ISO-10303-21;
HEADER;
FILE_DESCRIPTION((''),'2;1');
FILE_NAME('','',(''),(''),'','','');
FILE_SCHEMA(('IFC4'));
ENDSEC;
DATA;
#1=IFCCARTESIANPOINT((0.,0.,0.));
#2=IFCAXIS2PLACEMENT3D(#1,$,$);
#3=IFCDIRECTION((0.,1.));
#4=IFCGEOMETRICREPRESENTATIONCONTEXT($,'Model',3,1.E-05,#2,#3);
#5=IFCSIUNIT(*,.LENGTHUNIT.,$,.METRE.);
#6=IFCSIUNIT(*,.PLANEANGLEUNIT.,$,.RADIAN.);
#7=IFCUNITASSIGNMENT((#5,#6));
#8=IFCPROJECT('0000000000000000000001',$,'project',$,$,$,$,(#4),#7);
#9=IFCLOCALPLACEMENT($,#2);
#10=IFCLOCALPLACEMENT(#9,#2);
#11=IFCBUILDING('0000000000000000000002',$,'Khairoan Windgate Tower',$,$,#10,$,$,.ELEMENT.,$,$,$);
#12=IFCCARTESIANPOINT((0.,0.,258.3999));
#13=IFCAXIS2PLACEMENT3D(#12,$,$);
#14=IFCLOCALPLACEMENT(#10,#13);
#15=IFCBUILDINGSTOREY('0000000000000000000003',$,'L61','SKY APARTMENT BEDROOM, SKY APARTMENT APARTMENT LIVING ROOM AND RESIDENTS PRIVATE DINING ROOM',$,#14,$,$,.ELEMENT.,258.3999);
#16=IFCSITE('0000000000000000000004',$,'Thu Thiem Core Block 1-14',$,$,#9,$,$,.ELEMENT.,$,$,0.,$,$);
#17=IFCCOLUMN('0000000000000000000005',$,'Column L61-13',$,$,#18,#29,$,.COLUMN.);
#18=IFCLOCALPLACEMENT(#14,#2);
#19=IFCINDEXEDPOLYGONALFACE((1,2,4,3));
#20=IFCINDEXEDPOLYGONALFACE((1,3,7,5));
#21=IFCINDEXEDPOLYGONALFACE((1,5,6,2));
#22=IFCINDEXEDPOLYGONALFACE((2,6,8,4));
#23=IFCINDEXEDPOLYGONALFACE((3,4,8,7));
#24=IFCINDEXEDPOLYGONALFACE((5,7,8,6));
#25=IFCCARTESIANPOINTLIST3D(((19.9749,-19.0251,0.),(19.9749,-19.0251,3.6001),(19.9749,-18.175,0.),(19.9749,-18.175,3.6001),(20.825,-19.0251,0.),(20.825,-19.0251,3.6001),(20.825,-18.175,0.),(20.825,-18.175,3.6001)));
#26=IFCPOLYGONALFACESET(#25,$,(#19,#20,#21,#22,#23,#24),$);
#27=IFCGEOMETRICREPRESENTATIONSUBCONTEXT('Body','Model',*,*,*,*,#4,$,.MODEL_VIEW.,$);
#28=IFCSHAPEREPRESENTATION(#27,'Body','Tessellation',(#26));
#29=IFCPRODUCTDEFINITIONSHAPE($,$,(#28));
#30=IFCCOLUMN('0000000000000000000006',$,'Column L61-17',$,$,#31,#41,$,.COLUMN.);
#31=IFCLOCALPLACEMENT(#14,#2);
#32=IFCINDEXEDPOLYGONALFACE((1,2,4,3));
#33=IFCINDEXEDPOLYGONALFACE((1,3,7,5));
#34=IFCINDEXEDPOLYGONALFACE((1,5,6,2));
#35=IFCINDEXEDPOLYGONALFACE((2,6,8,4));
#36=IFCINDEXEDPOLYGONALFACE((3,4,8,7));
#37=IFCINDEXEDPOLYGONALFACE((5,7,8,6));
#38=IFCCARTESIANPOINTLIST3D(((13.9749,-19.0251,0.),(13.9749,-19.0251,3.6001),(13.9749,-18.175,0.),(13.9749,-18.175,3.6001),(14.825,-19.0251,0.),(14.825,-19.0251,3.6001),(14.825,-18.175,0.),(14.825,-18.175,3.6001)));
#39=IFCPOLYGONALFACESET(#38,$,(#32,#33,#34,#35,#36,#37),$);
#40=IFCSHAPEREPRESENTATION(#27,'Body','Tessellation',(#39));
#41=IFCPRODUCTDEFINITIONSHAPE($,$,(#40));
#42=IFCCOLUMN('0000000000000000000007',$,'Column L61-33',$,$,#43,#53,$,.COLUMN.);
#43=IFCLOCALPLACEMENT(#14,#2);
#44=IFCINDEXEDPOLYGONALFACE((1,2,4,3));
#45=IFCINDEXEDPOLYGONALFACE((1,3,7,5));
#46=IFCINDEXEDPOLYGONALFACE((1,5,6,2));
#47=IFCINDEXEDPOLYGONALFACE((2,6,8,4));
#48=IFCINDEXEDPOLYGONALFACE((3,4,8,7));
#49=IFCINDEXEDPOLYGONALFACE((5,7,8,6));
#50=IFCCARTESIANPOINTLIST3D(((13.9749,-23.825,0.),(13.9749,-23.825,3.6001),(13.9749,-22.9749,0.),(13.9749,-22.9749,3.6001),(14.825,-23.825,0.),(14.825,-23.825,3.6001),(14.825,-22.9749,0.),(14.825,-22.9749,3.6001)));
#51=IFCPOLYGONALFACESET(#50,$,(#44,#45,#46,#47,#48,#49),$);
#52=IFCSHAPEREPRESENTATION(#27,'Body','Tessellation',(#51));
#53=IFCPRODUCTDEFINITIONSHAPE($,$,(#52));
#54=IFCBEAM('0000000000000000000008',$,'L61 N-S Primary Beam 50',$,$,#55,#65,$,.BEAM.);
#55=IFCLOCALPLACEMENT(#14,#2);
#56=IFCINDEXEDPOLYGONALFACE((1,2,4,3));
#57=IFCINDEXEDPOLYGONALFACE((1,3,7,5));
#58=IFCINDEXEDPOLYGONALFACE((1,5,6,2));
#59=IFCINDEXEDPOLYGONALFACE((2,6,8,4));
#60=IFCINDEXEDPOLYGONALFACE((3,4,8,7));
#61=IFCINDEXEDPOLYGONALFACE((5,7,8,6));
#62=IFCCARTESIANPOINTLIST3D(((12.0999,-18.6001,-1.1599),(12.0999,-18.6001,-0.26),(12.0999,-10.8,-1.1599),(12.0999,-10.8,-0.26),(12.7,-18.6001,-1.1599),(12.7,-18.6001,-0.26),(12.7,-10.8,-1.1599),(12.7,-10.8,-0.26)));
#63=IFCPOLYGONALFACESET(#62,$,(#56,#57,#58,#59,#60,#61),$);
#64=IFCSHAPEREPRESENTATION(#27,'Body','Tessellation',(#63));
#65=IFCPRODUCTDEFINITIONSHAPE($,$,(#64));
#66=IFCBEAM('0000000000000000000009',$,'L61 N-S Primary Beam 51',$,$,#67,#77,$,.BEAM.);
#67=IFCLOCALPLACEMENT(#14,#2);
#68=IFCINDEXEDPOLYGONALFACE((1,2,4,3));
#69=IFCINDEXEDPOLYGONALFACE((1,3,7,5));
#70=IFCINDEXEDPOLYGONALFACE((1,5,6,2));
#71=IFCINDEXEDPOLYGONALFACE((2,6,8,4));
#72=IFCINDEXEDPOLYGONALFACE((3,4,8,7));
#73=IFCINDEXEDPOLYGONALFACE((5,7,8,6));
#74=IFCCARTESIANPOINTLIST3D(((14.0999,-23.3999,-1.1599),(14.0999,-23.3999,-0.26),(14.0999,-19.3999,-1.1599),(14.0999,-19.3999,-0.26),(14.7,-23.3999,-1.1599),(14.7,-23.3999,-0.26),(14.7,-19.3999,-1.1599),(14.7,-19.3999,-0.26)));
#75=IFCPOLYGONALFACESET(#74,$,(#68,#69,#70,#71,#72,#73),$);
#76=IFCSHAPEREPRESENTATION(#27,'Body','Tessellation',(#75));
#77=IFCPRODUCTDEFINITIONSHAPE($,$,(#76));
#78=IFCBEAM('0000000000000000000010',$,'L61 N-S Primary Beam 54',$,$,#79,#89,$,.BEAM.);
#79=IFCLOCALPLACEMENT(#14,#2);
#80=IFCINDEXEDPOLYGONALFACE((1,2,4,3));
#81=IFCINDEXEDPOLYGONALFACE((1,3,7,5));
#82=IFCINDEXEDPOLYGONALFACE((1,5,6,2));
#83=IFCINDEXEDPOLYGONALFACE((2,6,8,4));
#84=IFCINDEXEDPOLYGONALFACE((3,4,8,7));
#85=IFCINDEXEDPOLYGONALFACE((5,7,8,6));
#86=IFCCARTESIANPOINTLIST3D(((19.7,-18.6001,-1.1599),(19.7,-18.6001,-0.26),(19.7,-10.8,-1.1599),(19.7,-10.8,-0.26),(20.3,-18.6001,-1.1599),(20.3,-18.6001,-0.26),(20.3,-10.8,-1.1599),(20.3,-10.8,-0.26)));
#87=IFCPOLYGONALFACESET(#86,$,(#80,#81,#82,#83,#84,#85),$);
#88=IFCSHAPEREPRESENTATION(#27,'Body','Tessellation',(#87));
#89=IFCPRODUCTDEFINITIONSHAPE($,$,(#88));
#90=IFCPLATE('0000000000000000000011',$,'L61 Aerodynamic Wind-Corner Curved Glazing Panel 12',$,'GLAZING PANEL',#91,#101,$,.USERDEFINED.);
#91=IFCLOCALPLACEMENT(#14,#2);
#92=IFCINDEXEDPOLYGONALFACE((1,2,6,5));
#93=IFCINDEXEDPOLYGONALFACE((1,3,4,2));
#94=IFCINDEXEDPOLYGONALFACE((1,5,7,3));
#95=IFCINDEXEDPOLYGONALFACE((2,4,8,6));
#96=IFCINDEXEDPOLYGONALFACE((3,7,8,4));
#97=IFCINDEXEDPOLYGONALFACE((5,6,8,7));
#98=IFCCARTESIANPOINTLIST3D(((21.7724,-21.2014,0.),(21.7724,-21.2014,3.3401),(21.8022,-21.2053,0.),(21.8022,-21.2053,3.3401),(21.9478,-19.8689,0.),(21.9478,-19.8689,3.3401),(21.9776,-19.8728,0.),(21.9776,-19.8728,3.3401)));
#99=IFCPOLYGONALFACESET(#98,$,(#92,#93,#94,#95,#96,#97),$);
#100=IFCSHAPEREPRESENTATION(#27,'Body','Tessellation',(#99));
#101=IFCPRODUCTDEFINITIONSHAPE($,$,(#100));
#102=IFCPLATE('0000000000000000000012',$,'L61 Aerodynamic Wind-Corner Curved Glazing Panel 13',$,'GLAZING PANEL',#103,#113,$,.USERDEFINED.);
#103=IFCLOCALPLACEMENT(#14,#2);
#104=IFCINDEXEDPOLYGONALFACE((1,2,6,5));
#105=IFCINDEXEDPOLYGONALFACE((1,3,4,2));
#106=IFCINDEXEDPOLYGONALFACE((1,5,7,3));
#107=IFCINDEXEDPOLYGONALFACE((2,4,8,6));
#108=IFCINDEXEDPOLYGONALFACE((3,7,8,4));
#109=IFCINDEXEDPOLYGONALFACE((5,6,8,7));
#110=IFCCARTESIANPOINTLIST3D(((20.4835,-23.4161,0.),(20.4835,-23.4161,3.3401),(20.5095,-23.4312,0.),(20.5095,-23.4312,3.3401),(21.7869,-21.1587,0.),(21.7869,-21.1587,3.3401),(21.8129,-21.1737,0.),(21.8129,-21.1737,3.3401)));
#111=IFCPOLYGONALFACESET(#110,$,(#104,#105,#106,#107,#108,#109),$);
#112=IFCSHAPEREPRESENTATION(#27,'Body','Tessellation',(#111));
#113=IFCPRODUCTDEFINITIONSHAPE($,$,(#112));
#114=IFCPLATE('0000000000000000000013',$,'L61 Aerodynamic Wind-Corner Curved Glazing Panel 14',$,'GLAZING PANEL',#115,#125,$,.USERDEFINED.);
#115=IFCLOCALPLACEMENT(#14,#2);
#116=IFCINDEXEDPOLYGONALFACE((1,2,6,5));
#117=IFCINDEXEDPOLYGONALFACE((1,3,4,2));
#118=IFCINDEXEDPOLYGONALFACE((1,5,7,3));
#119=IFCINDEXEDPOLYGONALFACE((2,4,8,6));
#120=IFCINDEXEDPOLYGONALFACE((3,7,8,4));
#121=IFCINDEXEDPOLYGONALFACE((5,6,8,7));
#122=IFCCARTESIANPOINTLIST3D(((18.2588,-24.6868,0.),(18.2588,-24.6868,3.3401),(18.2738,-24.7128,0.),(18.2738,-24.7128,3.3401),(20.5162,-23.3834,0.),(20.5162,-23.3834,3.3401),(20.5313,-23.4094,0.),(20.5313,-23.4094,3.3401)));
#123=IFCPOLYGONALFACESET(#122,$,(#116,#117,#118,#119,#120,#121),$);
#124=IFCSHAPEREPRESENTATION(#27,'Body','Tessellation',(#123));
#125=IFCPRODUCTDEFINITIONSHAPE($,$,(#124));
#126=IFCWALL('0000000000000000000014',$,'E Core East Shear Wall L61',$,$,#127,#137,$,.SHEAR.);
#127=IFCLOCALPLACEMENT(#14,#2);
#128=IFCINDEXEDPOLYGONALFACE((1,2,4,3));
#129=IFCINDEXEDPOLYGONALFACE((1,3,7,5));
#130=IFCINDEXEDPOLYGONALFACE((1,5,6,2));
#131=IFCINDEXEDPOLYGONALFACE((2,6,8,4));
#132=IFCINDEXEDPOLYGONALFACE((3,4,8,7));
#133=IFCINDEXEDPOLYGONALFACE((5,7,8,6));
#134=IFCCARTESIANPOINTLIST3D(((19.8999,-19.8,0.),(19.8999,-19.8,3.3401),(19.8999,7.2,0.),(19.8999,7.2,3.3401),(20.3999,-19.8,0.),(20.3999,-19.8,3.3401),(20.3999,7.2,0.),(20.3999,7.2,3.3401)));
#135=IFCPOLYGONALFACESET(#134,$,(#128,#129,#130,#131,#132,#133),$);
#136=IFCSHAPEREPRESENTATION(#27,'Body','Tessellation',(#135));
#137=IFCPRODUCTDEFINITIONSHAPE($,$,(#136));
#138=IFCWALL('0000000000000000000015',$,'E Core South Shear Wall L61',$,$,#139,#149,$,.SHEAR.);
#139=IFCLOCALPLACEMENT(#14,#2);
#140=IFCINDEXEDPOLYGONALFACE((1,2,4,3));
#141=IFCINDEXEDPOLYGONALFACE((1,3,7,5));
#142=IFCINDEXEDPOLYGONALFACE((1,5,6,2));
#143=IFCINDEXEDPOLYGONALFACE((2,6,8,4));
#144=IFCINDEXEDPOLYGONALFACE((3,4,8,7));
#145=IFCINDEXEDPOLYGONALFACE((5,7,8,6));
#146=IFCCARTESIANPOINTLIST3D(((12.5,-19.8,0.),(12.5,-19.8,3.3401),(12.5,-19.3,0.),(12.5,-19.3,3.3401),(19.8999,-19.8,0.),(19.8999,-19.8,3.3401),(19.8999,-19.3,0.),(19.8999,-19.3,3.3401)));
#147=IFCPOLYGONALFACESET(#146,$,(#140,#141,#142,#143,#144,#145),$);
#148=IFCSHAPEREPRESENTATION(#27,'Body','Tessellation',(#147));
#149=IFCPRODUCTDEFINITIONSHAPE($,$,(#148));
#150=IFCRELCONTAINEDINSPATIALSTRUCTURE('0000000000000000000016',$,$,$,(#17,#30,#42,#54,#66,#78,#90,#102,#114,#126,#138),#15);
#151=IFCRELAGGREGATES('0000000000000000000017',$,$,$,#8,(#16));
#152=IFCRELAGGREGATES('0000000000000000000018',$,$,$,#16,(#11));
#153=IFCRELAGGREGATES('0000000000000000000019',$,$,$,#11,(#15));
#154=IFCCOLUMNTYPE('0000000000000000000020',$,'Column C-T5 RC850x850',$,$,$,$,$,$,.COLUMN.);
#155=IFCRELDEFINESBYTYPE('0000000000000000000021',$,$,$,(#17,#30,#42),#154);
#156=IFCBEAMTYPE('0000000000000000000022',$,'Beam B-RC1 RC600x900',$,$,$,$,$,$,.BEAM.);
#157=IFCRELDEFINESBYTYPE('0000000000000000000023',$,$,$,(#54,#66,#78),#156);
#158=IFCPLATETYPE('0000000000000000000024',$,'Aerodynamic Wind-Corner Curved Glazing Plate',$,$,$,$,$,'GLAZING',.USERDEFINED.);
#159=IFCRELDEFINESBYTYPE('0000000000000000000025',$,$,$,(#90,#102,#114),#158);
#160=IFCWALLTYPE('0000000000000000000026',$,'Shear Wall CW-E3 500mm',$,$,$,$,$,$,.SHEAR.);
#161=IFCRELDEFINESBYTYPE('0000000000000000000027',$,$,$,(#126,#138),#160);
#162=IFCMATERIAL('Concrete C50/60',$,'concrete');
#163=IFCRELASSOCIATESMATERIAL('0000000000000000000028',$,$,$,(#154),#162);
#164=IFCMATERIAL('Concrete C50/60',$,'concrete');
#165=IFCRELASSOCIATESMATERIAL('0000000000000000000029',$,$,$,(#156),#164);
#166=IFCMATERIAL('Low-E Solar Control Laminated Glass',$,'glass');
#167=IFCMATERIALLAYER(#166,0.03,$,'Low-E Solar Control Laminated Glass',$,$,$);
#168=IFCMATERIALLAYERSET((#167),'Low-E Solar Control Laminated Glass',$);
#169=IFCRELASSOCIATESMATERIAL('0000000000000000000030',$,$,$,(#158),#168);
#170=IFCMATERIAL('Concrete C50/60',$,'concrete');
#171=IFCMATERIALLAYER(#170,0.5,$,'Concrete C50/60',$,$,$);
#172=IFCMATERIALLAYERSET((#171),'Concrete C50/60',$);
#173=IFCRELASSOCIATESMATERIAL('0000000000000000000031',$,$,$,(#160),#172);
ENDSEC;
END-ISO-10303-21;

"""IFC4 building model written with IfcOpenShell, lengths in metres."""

from ifc_helpers import new_model, si_unit, direction, frame, frame_2d, origin, origin_2d, place, context, subcontext, project, spatial, rectangle, extrude, material, layer, layer_set, material_profile, profile_set, type_object, element, save


model = new_model("IFC4")

# Units and contexts
model_context = context("Model", 3, precision=1e-05, world=origin(), true_north=direction((0.0, 1.0)))
body_context = subcontext(model_context, "Body", "Model", "MODEL_VIEW")
ifc_project = project(units=[si_unit("LENGTHUNIT", "METRE"), si_unit("PLANEANGLEUNIT", "RADIAN")], contexts=[model_context])

# Site, building, storey
site_placement = place(None, origin())
site = spatial("IfcSite", under=ifc_project, at=site_placement, Name="Thu Thiem Core Block 1-14", CompositionType="ELEMENT", RefElevation=0.0)
building_placement = place(site_placement, origin())
building = spatial("IfcBuilding", under=site, at=building_placement, Name="Khairoan Windgate Tower", CompositionType="ELEMENT")
storey_placement = place(building_placement, frame((0.0, 0.0, 258.3999)))
storey = spatial("IfcBuildingStorey", under=building, at=storey_placement, Name="L61", Description="SKY APARTMENT BEDROOM, SKY APARTMENT APARTMENT LIVING ROOM AND RESIDENTS PRIVATE DINING ROOM", CompositionType="ELEMENT", Elevation=258.3999)

# Columns
ifc_material_1 = material(Name="Concrete C50/60", Category="concrete")
ifc_material_profile_1 = material_profile(ifc_material_1, rectangle(XDim=0.8501, YDim=0.8501, at=origin_2d()))
ifc_profile_set_1 = profile_set([ifc_material_profile_1], Name="Concrete C50/60")
column_type = type_object("IfcColumnType", Name="Column C-T5 RC850x850", PredefinedType="COLUMN", material=ifc_profile_set_1)
for number, where, z_axis, x_axis, name in (
    (1, (20.3999, -18.6001, 0.0), (0.0, 0.0, 1.0), (1.0, 0.0, 0.0), "Column L61-13"),
    (2, (14.3999, -18.6001, 0.0), (0.0, 0.0, 1.0), (1.0, 0.0, 0.0), "Column L61-17"),
    (3, (14.3999, -23.3999, 0.0), (0.0, 0.0, 1.0), (1.0, 0.0, 0.0), "Column L61-33"),
):
    element("IfcColumn", number, at=place(storey_placement, frame(where, z_axis=z_axis, x_axis=x_axis)), inside=storey, type_object=column_type, Name=name, PredefinedType="COLUMN", context=body_context, shape_type="SweptSolid", body=[
        extrude(rectangle(XDim=0.8501, YDim=0.8501, at=origin_2d()), origin(), (0.0, 0.0, 1.0), 3.6001),
    ])

# Beams
ifc_material_2 = material(Name="Concrete C50/60", Category="concrete")
ifc_material_profile_2 = material_profile(ifc_material_2, rectangle(XDim=0.6001, YDim=0.8999, at=origin_2d()))
ifc_profile_set_2 = profile_set([ifc_material_profile_2], Name="Concrete C50/60")
beam_type = type_object("IfcBeamType", Name="Beam B-RC1 RC600x900", PredefinedType="BEAM", material=ifc_profile_set_2)
beam_1_placement = place(storey_placement, frame((12.3999, -18.6001, -0.71), z_axis=(0.0, 1.0, 0.0), x_axis=(-1.0, 0.0, 0.0)))
element("IfcBeam", 4, at=beam_1_placement, inside=storey, type_object=beam_type, Name="L61 N-S Primary Beam 50", PredefinedType="BEAM", context=body_context, shape_type="SweptSolid", body=[
    extrude(rectangle(XDim=0.6001, YDim=0.8999, at=origin_2d()), origin(), (0.0, 0.0, 1.0), 7.8),
])
beam_2_placement = place(storey_placement, frame((14.3999, -23.3999, -0.71), z_axis=(0.0, 1.0, 0.0), x_axis=(-1.0, 0.0, 0.0)))
element("IfcBeam", 5, at=beam_2_placement, inside=storey, type_object=beam_type, Name="L61 N-S Primary Beam 51", PredefinedType="BEAM", context=body_context, shape_type="SweptSolid", body=[
    extrude(rectangle(XDim=0.6001, YDim=0.8999, at=origin_2d()), origin(), (0.0, 0.0, 1.0), 4.0),
])
beam_3_placement = place(storey_placement, frame((20.0, -18.6001, -0.71), z_axis=(0.0, 1.0, 0.0), x_axis=(-1.0, 0.0, 0.0)))
element("IfcBeam", 6, at=beam_3_placement, inside=storey, type_object=beam_type, Name="L61 N-S Primary Beam 54", PredefinedType="BEAM", context=body_context, shape_type="SweptSolid", body=[
    extrude(rectangle(XDim=0.6001, YDim=0.8999, at=origin_2d()), origin(), (0.0, 0.0, 1.0), 7.8),
])

# Plates
ifc_material_3 = material(Name="Low-E Solar Control Laminated Glass", Category="glass")
ifc_layer_1 = layer(ifc_material_3, 0.03, Name="Low-E Solar Control Laminated Glass")
ifc_layer_set_1 = layer_set([ifc_layer_1], Name="Low-E Solar Control Laminated Glass")
plate_type_1 = type_object("IfcPlateType", Name="Aerodynamic Wind-Corner Curved Glazing Plate", ElementType="GLAZING", PredefinedType="USERDEFINED", material=ifc_layer_set_1)
plate_1_placement = place(storey_placement, frame((21.875, -20.5371, 0.0), z_axis=(0.0, 0.0, 1.0), x_axis=(-0.130526, -0.991445, 0.0)))
element("IfcPlate", 7, at=plate_1_placement, inside=storey, type_object=plate_type_1, Name="L61 Aerodynamic Wind-Corner Curved Glazing Panel 12", ObjectType="GLAZING PANEL", PredefinedType="USERDEFINED", context=body_context, shape_type="SweptSolid", body=[
    extrude(rectangle(XDim=1.344, YDim=0.03, at=origin_2d()), origin(), (0.0, 0.0, 1.0), 3.3401),
])
for number, where, z_axis, x_axis, name in (
    (8, (21.1482, -22.2949, 0.0), (0.0, 0.0, 1.0), (-0.5, -0.866025, 0.0), "L61 Aerodynamic Wind-Corner Curved Glazing Panel 13"),
    (9, (19.395, -24.0481, 0.0), (0.0, 0.0, 1.0), (-0.866025, -0.5, 0.0), "L61 Aerodynamic Wind-Corner Curved Glazing Panel 14"),
):
    element("IfcPlate", number, at=place(storey_placement, frame(where, z_axis=z_axis, x_axis=x_axis)), inside=storey, type_object=plate_type_1, Name=name, ObjectType="GLAZING PANEL", PredefinedType="USERDEFINED", context=body_context, shape_type="SweptSolid", body=[
        extrude(rectangle(XDim=2.6067, YDim=0.03, at=origin_2d()), origin(), (0.0, 0.0, 1.0), 3.3401),
    ])

# Walls
ifc_material_4 = material(Name="Concrete C50/60", Category="concrete")
ifc_layer_2 = layer(ifc_material_4, 0.5, Name="Concrete C50/60")
ifc_layer_set_2 = layer_set([ifc_layer_2], Name="Concrete C50/60")
wall_type_1 = type_object("IfcWallType", Name="Shear Wall CW-E3 500mm", PredefinedType="SHEAR", material=ifc_layer_set_2)
wall_1_placement = place(storey_placement, frame((20.1499, -19.8, 0.0), z_axis=(0.0, 0.0, 1.0), x_axis=(0.0, 1.0, 0.0)))
element("IfcWall", 10, at=wall_1_placement, inside=storey, type_object=wall_type_1, Name="E Core East Shear Wall L61", PredefinedType="SHEAR", context=body_context, shape_type="SweptSolid", body=[
    extrude(rectangle(XDim=27.0, YDim=0.5, at=frame_2d((13.5, 0.0))), origin(), (0.0, 0.0, 1.0), 3.3401),
])
wall_2_placement = place(storey_placement, frame((12.5, -19.55, 0.0), z_axis=(0.0, 0.0, 1.0), x_axis=(1.0, 0.0, 0.0)))
element("IfcWall", 11, at=wall_2_placement, inside=storey, type_object=wall_type_1, Name="E Core South Shear Wall L61", PredefinedType="SHEAR", context=body_context, shape_type="SweptSolid", body=[
    extrude(rectangle(XDim=7.3999, YDim=0.5, at=frame_2d((3.7, 0.0))), origin(), (0.0, 0.0, 1.0), 3.3401),
])

save(model, "model.ifc")
